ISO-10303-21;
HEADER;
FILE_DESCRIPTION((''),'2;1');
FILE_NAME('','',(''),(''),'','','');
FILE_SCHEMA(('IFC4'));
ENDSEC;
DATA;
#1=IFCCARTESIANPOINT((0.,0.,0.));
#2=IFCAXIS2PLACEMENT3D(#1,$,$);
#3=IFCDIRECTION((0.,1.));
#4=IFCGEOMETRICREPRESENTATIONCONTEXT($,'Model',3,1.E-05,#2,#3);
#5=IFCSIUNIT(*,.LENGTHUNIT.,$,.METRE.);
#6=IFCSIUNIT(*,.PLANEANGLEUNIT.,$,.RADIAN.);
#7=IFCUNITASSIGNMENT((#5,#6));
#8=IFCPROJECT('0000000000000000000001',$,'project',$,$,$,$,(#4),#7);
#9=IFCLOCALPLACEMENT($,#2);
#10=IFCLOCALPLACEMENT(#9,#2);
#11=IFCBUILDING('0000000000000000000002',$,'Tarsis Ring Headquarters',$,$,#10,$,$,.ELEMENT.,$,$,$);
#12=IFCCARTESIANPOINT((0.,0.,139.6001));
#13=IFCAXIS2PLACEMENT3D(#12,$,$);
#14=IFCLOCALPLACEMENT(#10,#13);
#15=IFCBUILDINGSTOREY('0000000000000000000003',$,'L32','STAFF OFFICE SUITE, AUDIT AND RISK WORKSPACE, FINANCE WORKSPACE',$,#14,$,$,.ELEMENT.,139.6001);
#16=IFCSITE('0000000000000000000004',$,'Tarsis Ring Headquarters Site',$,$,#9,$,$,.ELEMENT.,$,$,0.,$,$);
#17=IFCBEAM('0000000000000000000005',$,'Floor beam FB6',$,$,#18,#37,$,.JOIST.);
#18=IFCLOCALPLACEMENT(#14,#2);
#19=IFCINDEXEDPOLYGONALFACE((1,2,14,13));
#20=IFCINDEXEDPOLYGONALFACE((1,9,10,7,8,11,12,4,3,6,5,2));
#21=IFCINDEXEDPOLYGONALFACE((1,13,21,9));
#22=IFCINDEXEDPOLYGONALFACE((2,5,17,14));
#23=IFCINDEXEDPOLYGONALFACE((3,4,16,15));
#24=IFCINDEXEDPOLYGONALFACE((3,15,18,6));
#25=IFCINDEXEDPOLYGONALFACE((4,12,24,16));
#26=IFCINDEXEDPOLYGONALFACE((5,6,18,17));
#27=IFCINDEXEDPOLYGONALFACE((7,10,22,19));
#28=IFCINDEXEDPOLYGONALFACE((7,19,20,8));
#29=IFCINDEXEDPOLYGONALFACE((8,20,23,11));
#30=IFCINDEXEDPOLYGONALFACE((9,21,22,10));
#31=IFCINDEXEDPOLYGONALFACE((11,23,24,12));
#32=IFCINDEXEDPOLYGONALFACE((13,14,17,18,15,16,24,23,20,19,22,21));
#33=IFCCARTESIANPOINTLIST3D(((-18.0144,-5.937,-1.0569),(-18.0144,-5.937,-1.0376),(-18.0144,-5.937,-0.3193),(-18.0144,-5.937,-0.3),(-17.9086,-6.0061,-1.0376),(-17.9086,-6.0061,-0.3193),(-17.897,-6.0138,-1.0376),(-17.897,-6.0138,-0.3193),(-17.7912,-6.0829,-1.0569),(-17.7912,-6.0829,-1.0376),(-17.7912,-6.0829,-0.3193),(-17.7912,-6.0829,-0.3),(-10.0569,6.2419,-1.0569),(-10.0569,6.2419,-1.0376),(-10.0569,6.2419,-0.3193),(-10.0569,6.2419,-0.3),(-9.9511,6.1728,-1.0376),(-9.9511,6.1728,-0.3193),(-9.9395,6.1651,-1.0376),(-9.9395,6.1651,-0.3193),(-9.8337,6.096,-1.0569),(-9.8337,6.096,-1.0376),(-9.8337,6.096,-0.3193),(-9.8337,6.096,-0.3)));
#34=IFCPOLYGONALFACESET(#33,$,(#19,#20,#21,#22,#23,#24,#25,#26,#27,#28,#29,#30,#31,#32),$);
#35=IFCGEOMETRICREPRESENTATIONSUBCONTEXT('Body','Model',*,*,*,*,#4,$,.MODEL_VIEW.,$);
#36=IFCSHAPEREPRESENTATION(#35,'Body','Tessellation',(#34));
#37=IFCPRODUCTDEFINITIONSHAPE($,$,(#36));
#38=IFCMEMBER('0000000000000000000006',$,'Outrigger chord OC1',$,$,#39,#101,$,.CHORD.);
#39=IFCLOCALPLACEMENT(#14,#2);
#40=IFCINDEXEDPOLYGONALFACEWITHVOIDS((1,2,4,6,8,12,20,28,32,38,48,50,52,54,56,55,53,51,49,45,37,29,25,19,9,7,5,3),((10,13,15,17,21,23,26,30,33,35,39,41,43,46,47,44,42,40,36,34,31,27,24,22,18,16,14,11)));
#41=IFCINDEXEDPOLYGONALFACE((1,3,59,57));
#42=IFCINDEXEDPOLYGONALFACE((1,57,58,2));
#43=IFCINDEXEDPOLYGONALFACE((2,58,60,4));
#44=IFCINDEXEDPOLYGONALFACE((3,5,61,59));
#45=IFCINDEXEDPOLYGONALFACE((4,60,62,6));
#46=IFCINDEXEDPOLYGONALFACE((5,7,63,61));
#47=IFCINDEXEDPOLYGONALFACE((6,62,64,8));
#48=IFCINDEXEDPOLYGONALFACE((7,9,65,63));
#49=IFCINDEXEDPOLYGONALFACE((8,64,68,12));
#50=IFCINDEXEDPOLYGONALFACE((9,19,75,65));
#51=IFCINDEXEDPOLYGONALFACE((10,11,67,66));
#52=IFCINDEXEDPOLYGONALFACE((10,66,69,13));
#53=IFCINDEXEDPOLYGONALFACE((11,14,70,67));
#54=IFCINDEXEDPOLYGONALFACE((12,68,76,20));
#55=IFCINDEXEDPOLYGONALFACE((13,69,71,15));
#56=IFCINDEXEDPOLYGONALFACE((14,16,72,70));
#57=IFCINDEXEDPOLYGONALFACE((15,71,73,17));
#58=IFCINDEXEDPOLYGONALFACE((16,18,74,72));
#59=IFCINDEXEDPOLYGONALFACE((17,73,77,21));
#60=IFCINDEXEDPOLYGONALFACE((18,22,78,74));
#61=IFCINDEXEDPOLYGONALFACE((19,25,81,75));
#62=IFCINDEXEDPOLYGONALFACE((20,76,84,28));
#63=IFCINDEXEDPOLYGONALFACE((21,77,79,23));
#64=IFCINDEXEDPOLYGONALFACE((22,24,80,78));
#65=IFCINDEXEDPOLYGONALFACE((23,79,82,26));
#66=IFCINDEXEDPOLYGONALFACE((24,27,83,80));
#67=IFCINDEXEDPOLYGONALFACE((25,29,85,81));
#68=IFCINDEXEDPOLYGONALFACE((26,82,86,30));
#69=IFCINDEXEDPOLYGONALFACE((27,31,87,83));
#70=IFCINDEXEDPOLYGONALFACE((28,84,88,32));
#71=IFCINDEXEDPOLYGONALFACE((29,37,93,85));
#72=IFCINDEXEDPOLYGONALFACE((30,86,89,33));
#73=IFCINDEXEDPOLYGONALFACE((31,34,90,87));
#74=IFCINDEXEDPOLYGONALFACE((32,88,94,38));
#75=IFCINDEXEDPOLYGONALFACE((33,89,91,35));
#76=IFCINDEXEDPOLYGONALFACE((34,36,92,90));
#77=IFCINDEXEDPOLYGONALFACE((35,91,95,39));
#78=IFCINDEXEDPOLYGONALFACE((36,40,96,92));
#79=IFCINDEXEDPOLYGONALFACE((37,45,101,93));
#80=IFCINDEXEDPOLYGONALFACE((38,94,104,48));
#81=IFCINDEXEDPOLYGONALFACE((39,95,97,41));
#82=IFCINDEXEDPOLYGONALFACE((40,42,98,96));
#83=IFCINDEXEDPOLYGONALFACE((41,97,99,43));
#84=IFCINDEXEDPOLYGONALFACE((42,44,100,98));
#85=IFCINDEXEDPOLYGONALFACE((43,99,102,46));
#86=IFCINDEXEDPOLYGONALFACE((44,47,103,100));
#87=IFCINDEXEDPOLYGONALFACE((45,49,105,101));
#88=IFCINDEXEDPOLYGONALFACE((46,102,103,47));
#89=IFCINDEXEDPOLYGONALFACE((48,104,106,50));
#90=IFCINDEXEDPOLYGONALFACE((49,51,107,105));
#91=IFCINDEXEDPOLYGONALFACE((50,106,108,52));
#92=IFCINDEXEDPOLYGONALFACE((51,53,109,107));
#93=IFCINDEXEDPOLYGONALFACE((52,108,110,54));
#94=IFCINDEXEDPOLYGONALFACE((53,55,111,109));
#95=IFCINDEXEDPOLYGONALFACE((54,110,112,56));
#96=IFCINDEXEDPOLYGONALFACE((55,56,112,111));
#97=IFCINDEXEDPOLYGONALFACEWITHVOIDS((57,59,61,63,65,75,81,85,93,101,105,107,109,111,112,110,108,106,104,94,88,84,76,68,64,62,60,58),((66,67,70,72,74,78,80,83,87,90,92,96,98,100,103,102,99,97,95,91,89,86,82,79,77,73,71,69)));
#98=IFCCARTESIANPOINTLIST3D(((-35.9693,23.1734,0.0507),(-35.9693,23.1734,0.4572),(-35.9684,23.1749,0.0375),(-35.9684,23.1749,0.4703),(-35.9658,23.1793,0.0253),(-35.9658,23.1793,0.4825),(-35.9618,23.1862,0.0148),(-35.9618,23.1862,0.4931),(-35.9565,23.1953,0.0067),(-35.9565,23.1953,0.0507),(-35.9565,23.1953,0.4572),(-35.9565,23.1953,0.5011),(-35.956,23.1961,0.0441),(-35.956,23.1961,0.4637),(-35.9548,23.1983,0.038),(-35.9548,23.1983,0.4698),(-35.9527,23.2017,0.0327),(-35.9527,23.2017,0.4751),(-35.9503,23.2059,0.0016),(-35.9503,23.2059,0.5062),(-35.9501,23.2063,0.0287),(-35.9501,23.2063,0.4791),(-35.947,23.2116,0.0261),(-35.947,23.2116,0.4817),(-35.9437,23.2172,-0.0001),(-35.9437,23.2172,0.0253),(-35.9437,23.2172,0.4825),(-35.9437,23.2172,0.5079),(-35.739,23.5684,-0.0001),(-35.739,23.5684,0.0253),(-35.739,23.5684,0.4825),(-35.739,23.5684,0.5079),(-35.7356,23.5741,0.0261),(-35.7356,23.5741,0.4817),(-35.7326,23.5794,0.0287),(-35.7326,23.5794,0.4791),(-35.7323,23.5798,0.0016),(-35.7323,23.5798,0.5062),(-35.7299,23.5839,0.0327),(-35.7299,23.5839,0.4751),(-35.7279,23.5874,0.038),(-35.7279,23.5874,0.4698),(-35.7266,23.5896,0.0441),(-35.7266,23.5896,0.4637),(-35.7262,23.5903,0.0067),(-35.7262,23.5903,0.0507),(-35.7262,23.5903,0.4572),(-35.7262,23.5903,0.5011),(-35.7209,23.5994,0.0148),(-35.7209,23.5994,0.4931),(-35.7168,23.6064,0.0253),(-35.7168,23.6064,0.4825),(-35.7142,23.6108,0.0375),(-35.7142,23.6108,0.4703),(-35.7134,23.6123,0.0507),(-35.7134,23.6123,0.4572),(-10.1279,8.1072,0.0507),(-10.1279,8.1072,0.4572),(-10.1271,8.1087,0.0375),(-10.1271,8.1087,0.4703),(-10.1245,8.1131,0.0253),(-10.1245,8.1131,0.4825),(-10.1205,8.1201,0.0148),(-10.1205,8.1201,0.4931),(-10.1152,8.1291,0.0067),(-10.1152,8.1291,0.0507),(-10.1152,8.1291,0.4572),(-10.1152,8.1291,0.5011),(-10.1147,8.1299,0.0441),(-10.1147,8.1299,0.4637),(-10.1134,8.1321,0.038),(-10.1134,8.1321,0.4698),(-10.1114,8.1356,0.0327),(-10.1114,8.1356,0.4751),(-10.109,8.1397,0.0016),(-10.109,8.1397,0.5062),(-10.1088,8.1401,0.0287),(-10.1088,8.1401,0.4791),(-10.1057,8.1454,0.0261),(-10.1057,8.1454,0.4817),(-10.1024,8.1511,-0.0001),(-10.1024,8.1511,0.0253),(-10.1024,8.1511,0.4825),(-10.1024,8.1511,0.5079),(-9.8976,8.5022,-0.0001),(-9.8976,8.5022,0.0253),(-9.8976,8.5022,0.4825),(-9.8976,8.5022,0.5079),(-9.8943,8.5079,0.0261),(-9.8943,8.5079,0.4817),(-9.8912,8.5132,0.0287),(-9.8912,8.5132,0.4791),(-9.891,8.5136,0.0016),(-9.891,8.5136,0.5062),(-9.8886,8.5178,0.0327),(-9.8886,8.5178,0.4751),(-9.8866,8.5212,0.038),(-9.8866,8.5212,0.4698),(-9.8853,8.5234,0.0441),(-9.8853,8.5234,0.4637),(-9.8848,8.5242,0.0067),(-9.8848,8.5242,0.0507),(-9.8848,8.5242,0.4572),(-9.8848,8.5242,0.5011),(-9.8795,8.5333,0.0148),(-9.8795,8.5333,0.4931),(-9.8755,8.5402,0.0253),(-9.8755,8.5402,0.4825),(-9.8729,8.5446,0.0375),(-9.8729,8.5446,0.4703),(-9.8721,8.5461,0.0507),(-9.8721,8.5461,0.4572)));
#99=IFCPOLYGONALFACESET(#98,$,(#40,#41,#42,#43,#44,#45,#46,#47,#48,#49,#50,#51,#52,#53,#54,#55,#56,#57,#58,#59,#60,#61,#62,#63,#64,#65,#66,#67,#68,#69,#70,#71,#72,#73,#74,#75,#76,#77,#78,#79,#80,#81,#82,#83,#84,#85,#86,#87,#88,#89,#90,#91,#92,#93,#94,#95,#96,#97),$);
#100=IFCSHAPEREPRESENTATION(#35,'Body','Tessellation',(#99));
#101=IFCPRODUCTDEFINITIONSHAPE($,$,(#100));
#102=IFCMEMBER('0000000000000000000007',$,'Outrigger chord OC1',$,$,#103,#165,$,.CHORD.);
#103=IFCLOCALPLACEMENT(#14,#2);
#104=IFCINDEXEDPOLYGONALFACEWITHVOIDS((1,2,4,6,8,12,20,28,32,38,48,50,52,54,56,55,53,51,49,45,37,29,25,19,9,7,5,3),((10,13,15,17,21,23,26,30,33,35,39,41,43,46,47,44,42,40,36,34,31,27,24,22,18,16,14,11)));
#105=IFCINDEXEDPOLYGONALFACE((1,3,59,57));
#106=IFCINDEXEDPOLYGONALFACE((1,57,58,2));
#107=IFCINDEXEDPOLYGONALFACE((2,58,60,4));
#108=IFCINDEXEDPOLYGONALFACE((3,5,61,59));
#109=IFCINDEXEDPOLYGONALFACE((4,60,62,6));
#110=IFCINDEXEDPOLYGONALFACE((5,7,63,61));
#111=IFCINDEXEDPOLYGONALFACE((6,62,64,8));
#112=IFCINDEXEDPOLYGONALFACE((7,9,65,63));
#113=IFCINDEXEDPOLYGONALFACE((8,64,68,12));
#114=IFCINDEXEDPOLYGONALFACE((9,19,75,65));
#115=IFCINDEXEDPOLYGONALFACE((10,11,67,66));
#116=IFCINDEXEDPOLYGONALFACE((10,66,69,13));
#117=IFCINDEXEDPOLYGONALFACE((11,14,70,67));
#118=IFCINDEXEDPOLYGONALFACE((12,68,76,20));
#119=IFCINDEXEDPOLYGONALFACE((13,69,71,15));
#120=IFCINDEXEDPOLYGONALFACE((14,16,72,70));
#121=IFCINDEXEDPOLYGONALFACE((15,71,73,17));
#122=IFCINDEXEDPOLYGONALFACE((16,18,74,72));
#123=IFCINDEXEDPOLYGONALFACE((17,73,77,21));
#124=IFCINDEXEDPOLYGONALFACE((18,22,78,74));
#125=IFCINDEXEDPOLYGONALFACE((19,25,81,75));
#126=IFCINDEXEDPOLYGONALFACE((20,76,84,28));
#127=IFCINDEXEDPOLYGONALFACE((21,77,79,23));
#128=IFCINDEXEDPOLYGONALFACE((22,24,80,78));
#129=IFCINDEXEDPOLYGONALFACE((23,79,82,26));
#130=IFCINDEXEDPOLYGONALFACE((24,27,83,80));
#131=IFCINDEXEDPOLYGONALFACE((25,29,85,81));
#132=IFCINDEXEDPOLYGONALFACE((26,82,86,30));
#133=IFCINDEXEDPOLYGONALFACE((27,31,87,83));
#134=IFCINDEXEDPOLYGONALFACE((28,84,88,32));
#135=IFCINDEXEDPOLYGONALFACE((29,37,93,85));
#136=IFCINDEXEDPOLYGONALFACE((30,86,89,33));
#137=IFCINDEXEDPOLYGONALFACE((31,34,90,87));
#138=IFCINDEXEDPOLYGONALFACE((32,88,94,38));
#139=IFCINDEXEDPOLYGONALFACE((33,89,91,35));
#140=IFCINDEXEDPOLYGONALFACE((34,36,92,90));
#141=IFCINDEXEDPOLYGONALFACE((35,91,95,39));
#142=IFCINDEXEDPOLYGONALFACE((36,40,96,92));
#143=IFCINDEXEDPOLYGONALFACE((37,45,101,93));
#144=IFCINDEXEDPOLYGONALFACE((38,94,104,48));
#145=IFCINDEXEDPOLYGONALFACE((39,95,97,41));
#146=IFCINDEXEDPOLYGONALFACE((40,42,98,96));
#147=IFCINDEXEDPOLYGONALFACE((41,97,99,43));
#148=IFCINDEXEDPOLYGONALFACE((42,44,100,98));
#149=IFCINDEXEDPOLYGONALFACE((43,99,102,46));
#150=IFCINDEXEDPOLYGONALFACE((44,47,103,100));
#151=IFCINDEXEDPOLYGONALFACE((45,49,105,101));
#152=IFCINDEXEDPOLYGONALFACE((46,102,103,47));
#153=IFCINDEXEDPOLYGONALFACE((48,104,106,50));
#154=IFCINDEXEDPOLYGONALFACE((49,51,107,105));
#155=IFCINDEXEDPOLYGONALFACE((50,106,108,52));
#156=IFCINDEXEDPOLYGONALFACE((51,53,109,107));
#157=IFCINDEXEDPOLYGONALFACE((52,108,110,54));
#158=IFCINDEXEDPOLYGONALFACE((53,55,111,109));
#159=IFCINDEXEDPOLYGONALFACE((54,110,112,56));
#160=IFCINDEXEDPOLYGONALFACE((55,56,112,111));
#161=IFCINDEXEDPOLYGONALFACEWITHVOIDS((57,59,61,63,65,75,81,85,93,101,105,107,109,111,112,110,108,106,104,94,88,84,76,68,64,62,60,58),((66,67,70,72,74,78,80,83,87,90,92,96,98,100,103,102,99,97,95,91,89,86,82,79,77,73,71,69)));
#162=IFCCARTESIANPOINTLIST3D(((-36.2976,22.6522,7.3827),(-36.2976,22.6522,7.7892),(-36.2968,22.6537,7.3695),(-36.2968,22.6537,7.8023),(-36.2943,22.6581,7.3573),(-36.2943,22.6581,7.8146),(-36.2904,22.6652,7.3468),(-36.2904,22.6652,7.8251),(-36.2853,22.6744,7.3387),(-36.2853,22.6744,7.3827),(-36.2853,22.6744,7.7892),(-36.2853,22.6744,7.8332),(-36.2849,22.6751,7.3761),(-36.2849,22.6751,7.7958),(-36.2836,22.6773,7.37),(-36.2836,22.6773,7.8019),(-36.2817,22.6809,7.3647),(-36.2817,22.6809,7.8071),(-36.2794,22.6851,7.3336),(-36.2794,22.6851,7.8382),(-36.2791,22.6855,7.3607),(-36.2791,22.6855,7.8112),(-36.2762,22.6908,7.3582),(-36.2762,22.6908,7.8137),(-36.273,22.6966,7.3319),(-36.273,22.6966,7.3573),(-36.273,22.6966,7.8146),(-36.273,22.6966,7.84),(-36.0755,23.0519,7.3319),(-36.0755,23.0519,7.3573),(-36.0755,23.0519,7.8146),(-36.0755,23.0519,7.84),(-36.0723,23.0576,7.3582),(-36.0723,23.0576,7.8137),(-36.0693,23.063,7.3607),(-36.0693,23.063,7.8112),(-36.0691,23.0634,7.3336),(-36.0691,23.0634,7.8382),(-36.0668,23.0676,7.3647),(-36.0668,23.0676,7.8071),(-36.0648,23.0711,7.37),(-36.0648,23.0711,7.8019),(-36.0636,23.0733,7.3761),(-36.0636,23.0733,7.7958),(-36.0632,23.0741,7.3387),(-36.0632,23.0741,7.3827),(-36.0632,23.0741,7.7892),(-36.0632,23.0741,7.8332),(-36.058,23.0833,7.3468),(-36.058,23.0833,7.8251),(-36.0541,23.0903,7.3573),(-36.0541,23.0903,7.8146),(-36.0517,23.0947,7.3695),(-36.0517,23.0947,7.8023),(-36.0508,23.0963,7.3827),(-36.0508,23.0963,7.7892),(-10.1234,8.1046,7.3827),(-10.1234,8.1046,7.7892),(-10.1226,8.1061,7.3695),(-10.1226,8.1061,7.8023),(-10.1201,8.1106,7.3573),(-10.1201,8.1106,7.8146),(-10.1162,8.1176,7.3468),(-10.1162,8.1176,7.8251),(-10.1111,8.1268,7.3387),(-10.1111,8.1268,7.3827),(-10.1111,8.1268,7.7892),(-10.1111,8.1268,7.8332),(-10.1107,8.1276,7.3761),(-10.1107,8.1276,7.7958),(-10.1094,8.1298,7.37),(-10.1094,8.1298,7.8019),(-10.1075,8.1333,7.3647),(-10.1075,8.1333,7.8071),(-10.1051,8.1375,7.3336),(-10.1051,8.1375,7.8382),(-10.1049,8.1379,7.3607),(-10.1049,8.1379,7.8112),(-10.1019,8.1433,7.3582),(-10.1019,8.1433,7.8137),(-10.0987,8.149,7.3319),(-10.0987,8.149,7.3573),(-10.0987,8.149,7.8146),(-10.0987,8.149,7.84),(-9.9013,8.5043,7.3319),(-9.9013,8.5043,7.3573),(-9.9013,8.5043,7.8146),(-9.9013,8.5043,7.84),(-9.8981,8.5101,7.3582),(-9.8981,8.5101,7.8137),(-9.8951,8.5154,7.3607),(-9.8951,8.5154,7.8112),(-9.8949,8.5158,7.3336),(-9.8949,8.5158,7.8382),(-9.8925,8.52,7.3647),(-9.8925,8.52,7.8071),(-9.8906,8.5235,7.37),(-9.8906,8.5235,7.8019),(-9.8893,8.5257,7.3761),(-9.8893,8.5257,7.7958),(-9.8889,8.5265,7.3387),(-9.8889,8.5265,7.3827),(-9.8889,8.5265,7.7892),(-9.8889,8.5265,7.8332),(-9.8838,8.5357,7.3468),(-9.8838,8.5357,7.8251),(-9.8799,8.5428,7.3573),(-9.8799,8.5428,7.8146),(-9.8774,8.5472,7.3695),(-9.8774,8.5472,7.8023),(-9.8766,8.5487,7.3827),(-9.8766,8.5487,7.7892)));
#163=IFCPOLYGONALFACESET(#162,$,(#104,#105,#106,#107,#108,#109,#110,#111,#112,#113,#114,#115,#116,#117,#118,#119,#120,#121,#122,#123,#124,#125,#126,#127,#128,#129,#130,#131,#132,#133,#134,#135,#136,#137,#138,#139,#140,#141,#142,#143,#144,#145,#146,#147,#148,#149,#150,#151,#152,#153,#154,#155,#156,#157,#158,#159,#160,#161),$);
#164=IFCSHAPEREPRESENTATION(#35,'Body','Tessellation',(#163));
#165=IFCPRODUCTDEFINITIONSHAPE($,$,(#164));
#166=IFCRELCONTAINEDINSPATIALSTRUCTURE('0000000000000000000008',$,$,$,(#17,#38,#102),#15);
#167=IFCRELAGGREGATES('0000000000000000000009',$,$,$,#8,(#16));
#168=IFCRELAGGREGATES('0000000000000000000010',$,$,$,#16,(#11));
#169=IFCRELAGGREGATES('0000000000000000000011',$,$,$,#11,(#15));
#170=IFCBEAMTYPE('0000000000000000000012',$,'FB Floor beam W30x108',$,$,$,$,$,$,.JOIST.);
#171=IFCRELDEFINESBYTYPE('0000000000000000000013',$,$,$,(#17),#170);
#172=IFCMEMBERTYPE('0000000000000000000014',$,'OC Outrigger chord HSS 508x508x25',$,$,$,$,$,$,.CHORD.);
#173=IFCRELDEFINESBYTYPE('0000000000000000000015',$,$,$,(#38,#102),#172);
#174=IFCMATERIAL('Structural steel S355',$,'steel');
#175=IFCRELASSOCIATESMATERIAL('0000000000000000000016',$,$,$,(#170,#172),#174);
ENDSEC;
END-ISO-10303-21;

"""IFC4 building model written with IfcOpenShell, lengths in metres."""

from ifc_helpers import new_model, si_unit, direction, frame, origin, origin_2d, place, context, subcontext, project, spatial, hollow_rectangle, i_section, extrude, material, material_profile, profile_set, type_object, element, save


model = new_model("IFC4")

# Units and contexts
model_context = context("Model", 3, precision=1e-05, world=origin(), true_north=direction((0.0, 1.0)))
body_context = subcontext(model_context, "Body", "Model", "MODEL_VIEW")
ifc_project = project(units=[si_unit("LENGTHUNIT", "METRE"), si_unit("PLANEANGLEUNIT", "RADIAN")], contexts=[model_context])

# Site, building, storey
site_placement = place(None, origin())
site = spatial("IfcSite", under=ifc_project, at=site_placement, Name="Tarsis Ring Headquarters Site", CompositionType="ELEMENT", RefElevation=0.0)
building_placement = place(site_placement, origin())
building = spatial("IfcBuilding", under=site, at=building_placement, Name="Tarsis Ring Headquarters", CompositionType="ELEMENT")
storey_placement = place(building_placement, frame((0.0, 0.0, 139.6001)))
storey = spatial("IfcBuildingStorey", under=building, at=storey_placement, Name="L32", Description="STAFF OFFICE SUITE, AUDIT AND RISK WORKSPACE, FINANCE WORKSPACE", CompositionType="ELEMENT", Elevation=139.6001)

# Beam
ifc_material_1 = material(Name="Structural steel S355", Category="steel")
ifc_material_profile_1 = material_profile(ifc_material_1, i_section(OverallWidth=0.2666, OverallDepth=0.7568, WebThickness=0.0139, FlangeThickness=0.0193, at=origin_2d()), Name="W30x108")
ifc_profile_set_1 = profile_set([ifc_material_profile_1], Name="Structural steel S355")
beam_type_1 = type_object("IfcBeamType", Name="FB Floor beam W30x108", PredefinedType="JOIST", material=ifc_profile_set_1)
beam_1_placement = place(storey_placement, frame((-9.9453, 6.1689, -0.6785), z_axis=(-0.546978, -0.837147, 0.0), x_axis=(0.837147, -0.546978, 0.0)))
element("IfcBeam", 1, at=beam_1_placement, inside=storey, type_object=beam_type_1, Name="Floor beam FB6", PredefinedType="JOIST", context=body_context, shape_type="SweptSolid", body=[
    extrude(i_section(OverallWidth=0.2666, OverallDepth=0.7568, WebThickness=0.0139, FlangeThickness=0.0193, at=origin_2d()), origin(), (0.0, 0.0, 1.0), 14.5481),
])

# Members
ifc_material_profile_2 = material_profile(ifc_material_1, hollow_rectangle(XDim=0.5081, YDim=0.5081, WallThickness=0.0254, InnerFilletRadius=0.0254, OuterFilletRadius=0.0508, at=origin_2d()), Name="HSS 508x508x25")
ifc_profile_set_2 = profile_set([ifc_material_profile_2], Name="Structural steel S355")
member_type_1 = type_object("IfcMemberType", Name="OC Outrigger chord HSS 508x508x25", PredefinedType="CHORD", material=ifc_profile_set_2)
member_1_placement = place(storey_placement, frame((-10.0, 8.3267, 0.2539), z_axis=(-0.863894, 0.503673, 0.0), x_axis=(-0.503673, -0.863894, 0.0)))
element("IfcMember", 2, at=member_1_placement, inside=storey, type_object=member_type_1, Name="Outrigger chord OC1", PredefinedType="CHORD", context=body_context, shape_type="SweptSolid", body=[
    extrude(hollow_rectangle(XDim=0.5081, YDim=0.5081, WallThickness=0.0254, InnerFilletRadius=0.0254, OuterFilletRadius=0.0508, at=origin_2d()), origin(), (0.0, 0.0, 1.0), 29.9126),
])
member_2_placement = place(storey_placement, frame((-10.0, 8.3267, 7.5859), z_axis=(-0.874068, 0.485804, 0.0), x_axis=(-0.485804, -0.874068, 0.0)))
element("IfcMember", 3, at=member_2_placement, inside=storey, type_object=member_type_1, Name="Outrigger chord OC1", PredefinedType="CHORD", context=body_context, shape_type="SweptSolid", body=[
    extrude(hollow_rectangle(XDim=0.5081, YDim=0.5081, WallThickness=0.0254, InnerFilletRadius=0.0254, OuterFilletRadius=0.0508, at=origin_2d()), origin(), (0.0, 0.0, 1.0), 29.9453),
])

save(model, "model.ifc")
